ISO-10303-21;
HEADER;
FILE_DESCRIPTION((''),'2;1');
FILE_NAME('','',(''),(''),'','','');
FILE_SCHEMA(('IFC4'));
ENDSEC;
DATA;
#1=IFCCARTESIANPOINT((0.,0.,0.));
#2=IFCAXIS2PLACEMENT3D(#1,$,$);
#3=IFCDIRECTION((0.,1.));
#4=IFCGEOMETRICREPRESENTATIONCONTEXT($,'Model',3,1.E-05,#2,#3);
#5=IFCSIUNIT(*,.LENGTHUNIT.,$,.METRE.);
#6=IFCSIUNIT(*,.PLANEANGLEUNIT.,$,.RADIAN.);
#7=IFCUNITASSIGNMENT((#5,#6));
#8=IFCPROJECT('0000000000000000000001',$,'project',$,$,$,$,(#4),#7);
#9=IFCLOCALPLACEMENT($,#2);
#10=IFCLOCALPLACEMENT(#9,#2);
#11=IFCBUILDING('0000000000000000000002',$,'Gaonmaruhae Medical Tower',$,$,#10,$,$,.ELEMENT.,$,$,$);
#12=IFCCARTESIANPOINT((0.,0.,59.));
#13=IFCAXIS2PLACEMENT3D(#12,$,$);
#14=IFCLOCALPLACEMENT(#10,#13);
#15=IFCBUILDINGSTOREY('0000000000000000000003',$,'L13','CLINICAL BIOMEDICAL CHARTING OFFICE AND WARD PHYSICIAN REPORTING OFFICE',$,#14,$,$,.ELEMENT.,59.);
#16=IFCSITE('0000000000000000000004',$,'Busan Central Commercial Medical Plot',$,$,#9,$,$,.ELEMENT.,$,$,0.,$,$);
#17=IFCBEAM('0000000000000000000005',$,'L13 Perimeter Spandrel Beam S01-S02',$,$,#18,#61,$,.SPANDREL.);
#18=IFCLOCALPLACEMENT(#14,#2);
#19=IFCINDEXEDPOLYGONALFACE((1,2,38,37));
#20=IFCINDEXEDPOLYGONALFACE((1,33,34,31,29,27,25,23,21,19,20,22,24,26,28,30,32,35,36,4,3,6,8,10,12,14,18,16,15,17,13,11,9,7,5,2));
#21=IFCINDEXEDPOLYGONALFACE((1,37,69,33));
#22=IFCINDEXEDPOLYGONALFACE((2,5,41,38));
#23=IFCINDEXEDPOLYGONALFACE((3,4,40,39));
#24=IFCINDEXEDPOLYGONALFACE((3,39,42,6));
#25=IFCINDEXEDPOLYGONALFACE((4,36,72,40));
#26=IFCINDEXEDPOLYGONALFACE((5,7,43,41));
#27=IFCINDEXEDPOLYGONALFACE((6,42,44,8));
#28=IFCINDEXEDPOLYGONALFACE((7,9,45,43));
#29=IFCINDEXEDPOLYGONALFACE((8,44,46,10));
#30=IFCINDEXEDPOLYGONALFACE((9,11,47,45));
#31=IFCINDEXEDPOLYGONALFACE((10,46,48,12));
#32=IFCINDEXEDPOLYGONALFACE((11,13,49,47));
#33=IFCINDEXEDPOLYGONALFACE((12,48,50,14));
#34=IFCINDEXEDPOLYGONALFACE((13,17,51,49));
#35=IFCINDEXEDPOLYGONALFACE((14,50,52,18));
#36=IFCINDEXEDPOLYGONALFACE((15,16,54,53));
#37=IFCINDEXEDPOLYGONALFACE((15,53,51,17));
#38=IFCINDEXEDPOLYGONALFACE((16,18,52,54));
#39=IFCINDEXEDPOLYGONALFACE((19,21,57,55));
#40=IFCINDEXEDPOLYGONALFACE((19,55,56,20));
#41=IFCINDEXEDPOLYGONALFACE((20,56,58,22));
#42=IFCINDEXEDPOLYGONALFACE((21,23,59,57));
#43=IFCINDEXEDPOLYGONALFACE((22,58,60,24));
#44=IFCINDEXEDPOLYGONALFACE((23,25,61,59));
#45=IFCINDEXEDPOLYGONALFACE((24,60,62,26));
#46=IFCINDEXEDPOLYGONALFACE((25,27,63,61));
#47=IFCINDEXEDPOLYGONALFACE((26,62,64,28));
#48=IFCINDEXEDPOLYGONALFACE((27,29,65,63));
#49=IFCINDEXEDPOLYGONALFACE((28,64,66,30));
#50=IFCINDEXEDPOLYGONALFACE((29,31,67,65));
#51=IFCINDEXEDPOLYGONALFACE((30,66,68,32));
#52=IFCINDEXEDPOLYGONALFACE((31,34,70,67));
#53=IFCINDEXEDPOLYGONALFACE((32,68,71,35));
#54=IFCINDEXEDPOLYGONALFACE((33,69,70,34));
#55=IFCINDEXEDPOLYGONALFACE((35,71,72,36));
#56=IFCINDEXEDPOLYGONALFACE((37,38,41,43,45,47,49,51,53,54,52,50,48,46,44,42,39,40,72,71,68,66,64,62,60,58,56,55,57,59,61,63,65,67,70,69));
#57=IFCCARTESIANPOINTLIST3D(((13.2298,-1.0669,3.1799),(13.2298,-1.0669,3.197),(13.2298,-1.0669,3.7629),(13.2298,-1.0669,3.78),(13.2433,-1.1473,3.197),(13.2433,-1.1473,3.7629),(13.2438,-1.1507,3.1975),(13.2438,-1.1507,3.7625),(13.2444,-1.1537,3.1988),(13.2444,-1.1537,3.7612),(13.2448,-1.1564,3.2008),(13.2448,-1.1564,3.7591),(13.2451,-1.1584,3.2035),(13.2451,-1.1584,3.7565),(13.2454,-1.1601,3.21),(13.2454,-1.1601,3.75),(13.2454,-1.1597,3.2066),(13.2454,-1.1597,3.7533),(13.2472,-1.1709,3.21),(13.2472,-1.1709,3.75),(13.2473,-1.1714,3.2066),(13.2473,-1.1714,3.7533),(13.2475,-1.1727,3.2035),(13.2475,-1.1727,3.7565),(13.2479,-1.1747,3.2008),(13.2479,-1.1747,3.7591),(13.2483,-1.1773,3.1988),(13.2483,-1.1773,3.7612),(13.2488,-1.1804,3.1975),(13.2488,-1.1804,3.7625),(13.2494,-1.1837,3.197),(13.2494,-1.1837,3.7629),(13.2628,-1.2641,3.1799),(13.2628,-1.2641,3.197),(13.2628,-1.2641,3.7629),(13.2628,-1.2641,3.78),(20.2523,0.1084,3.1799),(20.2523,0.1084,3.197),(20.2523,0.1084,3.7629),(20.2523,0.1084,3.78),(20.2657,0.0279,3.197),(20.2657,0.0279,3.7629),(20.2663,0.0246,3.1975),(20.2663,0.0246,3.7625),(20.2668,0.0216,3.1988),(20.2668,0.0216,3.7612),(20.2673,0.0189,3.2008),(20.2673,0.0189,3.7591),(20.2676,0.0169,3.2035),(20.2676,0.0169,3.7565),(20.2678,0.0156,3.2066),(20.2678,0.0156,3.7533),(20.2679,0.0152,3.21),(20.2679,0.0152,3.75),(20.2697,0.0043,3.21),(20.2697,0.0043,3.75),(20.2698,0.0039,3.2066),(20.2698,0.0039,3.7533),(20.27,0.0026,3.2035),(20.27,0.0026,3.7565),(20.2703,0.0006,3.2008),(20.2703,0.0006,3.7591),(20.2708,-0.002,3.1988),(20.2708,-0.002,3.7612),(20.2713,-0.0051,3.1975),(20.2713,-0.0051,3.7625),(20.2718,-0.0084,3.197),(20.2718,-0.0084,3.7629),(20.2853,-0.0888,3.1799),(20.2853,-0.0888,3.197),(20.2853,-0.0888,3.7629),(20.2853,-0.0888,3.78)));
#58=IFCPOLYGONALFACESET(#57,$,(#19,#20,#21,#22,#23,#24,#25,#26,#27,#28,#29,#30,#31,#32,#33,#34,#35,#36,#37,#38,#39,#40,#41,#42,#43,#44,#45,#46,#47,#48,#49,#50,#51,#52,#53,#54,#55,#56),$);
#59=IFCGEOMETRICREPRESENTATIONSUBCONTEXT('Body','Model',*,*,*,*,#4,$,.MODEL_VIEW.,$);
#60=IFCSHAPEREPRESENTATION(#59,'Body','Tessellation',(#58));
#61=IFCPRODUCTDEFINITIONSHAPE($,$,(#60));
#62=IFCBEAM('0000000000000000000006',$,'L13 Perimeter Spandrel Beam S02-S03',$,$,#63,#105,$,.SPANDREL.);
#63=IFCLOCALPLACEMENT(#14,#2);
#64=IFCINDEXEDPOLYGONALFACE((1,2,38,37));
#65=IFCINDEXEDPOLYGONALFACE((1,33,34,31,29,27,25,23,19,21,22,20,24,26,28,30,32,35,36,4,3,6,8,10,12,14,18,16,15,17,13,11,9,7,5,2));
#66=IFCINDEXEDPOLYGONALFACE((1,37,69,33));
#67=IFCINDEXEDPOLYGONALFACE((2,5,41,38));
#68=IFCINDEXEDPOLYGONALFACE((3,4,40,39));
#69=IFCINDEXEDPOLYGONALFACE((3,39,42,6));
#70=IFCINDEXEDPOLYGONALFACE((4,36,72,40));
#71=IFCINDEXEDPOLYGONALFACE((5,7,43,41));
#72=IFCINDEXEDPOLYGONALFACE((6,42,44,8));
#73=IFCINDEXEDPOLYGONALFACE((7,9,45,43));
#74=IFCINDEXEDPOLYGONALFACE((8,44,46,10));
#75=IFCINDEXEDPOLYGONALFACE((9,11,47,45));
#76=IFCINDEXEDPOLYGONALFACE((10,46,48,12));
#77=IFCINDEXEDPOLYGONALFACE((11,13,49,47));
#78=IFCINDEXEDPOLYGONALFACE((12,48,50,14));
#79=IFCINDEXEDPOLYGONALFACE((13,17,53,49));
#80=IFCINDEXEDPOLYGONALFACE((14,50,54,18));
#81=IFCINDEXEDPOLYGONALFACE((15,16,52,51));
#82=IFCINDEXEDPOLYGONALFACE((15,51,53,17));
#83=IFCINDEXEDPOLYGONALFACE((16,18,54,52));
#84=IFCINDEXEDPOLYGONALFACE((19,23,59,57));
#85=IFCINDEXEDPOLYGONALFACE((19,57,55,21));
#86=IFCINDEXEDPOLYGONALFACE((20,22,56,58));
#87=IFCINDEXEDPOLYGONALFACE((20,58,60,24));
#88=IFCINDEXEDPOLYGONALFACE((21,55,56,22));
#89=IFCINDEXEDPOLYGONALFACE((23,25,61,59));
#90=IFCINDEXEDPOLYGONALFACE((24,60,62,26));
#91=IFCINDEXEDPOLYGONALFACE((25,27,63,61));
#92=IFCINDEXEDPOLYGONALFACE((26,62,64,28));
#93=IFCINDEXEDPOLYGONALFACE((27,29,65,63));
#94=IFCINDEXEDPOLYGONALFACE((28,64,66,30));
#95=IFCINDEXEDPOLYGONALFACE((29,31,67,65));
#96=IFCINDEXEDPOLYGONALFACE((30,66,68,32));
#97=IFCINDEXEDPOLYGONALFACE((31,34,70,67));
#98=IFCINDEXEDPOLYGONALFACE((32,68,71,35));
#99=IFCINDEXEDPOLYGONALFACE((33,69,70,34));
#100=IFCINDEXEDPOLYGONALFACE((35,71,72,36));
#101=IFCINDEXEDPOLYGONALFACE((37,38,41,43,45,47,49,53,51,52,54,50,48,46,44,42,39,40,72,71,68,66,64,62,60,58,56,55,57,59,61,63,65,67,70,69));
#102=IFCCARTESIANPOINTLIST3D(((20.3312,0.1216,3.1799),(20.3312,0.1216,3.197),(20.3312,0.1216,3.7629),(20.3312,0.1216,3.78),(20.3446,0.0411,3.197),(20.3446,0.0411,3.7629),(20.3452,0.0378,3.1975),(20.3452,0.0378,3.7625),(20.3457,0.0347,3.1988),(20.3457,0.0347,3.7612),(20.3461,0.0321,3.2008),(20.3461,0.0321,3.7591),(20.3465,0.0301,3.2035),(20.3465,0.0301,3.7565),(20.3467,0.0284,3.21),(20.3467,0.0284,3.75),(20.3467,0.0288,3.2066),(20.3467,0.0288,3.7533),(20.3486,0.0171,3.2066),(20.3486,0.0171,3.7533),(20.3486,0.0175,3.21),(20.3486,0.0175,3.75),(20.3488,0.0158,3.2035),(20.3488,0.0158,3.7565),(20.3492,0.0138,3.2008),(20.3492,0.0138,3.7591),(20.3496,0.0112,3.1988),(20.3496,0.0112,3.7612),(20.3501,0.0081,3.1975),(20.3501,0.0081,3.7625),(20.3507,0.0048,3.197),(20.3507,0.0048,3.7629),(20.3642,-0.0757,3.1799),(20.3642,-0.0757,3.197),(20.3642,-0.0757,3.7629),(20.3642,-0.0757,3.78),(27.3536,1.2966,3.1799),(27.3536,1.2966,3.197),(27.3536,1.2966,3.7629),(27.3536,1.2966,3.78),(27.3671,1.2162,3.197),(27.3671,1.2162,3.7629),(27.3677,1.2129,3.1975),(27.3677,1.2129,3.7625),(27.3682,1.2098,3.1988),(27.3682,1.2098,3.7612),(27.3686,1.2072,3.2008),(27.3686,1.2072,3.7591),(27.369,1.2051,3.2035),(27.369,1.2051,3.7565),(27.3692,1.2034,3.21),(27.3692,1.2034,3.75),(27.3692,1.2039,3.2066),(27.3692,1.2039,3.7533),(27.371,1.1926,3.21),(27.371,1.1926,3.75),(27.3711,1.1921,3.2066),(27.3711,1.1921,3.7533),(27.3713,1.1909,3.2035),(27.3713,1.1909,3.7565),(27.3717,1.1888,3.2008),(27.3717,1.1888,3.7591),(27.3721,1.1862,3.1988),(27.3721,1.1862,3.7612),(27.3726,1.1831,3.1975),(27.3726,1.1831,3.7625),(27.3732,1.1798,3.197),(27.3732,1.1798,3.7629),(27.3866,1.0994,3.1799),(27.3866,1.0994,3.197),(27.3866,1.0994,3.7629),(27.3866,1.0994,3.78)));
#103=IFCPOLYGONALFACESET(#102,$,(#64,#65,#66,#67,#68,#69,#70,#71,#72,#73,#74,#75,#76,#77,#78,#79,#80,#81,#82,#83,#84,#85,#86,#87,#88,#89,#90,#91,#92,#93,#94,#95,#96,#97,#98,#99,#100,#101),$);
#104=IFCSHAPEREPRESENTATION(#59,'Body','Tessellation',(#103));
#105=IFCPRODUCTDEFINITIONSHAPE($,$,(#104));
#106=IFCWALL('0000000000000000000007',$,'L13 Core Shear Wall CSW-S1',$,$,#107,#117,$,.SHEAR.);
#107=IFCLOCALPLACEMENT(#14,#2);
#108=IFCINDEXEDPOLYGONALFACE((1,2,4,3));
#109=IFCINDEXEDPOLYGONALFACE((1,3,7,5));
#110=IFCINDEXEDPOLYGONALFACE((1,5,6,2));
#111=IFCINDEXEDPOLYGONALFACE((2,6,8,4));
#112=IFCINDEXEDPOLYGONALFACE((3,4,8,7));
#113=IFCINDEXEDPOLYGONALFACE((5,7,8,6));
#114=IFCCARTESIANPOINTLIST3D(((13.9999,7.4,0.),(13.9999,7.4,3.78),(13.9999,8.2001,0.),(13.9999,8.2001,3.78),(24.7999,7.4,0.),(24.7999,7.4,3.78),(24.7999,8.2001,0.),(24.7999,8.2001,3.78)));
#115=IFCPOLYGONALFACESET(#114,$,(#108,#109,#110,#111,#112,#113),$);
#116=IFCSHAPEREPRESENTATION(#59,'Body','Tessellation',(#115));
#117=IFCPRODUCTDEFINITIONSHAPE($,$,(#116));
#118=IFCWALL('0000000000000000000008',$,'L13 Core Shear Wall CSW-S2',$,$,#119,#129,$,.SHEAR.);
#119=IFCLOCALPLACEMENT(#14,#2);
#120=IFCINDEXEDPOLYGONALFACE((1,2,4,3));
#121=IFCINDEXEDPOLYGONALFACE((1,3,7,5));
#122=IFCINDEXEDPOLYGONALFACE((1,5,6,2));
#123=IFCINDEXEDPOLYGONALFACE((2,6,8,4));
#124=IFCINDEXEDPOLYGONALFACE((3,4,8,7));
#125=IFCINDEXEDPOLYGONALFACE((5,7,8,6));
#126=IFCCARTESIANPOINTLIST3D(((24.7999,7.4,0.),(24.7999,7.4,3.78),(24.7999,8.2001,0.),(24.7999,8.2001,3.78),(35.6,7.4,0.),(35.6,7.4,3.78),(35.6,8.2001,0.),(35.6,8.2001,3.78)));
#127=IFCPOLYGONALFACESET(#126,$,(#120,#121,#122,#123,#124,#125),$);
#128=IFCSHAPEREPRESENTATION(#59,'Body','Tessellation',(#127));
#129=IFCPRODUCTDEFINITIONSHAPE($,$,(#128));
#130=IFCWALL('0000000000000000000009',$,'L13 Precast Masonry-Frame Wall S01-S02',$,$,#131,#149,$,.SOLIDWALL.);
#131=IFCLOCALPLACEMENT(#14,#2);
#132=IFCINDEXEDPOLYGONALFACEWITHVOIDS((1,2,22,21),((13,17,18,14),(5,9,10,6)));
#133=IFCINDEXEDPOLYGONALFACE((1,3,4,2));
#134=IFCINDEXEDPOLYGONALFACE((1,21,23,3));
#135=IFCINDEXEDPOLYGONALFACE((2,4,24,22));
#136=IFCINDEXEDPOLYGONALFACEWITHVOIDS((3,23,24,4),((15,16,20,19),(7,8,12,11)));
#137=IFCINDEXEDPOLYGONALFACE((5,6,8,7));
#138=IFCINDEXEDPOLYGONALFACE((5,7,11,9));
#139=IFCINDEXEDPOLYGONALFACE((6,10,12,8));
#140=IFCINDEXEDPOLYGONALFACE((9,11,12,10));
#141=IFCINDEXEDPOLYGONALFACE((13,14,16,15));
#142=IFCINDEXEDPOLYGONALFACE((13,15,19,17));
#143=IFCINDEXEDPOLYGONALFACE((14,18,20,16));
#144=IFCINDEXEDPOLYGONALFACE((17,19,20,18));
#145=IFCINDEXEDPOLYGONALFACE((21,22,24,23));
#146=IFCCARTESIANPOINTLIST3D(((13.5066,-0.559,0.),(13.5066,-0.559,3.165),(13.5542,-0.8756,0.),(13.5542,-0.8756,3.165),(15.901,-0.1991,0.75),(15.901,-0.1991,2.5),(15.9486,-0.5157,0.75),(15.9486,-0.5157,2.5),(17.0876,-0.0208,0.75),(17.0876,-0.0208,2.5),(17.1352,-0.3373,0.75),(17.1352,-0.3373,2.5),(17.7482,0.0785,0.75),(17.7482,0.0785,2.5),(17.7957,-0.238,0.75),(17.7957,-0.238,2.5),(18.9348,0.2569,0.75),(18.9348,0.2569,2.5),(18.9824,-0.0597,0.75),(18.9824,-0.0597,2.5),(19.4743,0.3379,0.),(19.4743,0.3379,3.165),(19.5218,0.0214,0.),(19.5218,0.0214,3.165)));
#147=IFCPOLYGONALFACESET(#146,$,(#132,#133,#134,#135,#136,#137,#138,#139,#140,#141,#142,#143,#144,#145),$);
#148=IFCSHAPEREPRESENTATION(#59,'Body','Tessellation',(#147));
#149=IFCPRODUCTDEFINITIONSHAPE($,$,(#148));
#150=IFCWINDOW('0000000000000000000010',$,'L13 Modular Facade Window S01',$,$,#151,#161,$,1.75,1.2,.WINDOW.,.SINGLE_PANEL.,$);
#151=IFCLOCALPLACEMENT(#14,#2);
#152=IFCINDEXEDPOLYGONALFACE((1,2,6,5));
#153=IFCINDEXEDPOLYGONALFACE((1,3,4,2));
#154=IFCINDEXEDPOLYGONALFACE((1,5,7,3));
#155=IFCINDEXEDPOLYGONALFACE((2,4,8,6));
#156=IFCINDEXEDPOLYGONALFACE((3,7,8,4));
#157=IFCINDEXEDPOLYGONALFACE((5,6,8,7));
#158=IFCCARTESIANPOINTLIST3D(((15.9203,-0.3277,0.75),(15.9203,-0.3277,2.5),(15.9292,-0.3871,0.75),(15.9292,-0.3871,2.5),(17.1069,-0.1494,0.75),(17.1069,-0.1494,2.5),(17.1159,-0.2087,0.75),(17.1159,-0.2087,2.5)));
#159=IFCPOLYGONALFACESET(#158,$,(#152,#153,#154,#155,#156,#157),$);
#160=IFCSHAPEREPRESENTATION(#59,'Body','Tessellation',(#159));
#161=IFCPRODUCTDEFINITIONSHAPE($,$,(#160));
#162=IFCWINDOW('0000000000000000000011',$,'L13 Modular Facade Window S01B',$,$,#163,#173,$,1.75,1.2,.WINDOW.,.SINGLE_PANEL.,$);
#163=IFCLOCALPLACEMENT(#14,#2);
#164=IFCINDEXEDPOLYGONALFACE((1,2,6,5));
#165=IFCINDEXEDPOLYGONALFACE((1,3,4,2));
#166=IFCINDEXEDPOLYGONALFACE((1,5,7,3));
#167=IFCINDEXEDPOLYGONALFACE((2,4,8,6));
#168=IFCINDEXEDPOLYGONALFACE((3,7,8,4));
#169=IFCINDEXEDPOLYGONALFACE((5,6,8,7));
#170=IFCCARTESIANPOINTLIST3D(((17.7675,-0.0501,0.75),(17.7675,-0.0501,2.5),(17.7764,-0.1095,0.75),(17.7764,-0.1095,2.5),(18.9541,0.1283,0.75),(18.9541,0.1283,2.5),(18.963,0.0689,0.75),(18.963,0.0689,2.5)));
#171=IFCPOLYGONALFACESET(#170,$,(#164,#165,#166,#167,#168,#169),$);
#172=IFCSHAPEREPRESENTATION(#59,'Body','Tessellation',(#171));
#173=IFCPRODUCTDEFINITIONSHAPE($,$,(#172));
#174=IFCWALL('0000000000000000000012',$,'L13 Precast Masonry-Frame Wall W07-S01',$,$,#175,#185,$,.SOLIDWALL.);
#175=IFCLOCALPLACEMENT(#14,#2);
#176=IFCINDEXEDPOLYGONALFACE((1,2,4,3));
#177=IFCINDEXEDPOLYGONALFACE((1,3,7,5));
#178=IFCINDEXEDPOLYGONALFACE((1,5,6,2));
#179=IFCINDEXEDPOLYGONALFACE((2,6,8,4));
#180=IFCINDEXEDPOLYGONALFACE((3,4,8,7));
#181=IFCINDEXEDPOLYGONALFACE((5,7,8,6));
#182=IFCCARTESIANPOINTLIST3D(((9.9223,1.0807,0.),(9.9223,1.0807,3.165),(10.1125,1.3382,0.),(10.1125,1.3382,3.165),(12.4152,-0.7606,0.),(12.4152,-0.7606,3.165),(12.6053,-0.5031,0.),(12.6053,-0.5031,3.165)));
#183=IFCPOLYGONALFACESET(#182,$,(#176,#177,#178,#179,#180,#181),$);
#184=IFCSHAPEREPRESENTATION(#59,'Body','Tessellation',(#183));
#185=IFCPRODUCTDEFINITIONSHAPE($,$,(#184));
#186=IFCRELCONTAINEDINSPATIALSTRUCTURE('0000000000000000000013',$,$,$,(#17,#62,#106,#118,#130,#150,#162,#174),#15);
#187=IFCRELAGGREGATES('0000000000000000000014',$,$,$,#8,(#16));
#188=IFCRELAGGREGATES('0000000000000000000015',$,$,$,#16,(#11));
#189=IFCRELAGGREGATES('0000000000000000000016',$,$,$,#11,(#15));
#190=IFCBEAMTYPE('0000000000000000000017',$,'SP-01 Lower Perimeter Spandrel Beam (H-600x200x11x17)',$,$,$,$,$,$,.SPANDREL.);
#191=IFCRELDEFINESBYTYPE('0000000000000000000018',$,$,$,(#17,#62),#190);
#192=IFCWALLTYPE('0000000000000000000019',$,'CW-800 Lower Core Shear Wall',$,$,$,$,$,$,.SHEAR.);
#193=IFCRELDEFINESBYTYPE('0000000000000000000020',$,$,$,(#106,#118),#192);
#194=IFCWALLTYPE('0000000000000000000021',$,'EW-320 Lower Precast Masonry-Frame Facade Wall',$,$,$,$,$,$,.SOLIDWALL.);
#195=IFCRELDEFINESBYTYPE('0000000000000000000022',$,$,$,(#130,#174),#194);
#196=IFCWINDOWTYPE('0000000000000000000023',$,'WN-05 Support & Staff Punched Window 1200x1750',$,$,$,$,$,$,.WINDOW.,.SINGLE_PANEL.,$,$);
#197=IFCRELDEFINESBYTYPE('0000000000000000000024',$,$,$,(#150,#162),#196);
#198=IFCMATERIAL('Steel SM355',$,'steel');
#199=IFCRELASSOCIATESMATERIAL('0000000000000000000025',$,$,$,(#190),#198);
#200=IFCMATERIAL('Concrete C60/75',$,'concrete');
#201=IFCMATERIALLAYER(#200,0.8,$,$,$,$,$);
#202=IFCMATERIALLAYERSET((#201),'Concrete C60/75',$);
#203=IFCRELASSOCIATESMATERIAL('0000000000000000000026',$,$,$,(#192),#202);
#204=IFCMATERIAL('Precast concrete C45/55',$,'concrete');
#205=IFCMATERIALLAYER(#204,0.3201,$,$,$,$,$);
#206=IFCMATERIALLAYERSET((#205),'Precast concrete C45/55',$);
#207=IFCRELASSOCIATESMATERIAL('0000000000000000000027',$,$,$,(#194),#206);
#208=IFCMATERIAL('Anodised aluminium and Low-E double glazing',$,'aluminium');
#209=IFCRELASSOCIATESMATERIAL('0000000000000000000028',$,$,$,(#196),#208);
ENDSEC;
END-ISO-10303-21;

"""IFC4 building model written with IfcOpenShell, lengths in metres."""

from ifc_helpers import new_model, si_unit, direction, frame, frame_2d, origin, origin_2d, place, context, subcontext, project, spatial, rectangle, i_section, extrude, material, layer, layer_set, material_profile, profile_set, type_object, element, fill, save


model = new_model("IFC4")

# Units and contexts
model_context = context("Model", 3, precision=1e-05, world=origin(), true_north=direction((0.0, 1.0)))
body_context = subcontext(model_context, "Body", "Model", "MODEL_VIEW")
ifc_project = project(units=[si_unit("LENGTHUNIT", "METRE"), si_unit("PLANEANGLEUNIT", "RADIAN")], contexts=[model_context])

# Site, building, storey
site_placement = place(None, origin())
site = spatial("IfcSite", under=ifc_project, at=site_placement, Name="Busan Central Commercial Medical Plot", CompositionType="ELEMENT", RefElevation=0.0)
building_placement = place(site_placement, origin())
building = spatial("IfcBuilding", under=site, at=building_placement, Name="Gaonmaruhae Medical Tower", CompositionType="ELEMENT")
storey_placement = place(building_placement, frame((0.0, 0.0, 59.0)))
storey = spatial("IfcBuildingStorey", under=building, at=storey_placement, Name="L13", Description="CLINICAL BIOMEDICAL CHARTING OFFICE AND WARD PHYSICIAN REPORTING OFFICE", CompositionType="ELEMENT", Elevation=59.0)

# Shared definitions
ifc_material_1 = material(Name="Concrete C60/75", Category="concrete")

# Beams
ifc_material_2 = material(Name="Steel SM355", Category="steel")
ifc_material_profile_1 = material_profile(ifc_material_2, i_section(OverallWidth=0.2, OverallDepth=0.6001, WebThickness=0.011, FlangeThickness=0.0171, FilletRadius=0.0129, at=origin_2d()), Name="H-600x200x11x17")
ifc_profile_set_1 = profile_set([ifc_material_profile_1], Name="Steel SM355")
beam_type_1 = type_object("IfcBeamType", Name="SP-01 Lower Perimeter Spandrel Beam (H-600x200x11x17)", PredefinedType="SPANDREL", material=ifc_profile_set_1)
for number, where, z_axis, x_axis, name in (
    (1, (13.2463, -1.1655, 3.48), (0.986282, 0.165066, 0.0), (-0.165066, 0.986282, 0.0), "L13 Perimeter Spandrel Beam S01-S02"),
    (2, (20.3477, 0.0229, 3.48), (0.986288, 0.165033, 0.0), (-0.165033, 0.986288, 0.0), "L13 Perimeter Spandrel Beam S02-S03"),
):
    element("IfcBeam", number, at=place(storey_placement, frame(where, z_axis=z_axis, x_axis=x_axis)), inside=storey, type_object=beam_type_1, Name=name, PredefinedType="SPANDREL", context=body_context, shape_type="SweptSolid", body=[
        extrude(i_section(OverallWidth=0.2, OverallDepth=0.6001, WebThickness=0.011, FlangeThickness=0.0171, FilletRadius=0.0129, at=origin_2d()), origin(), (0.0, 0.0, 1.0), 7.1201),
    ])

# Walls
ifc_layer_1 = layer(ifc_material_1, 0.8)
ifc_layer_set_1 = layer_set([ifc_layer_1], Name="Concrete C60/75")
wall_type_1 = type_object("IfcWallType", Name="CW-800 Lower Core Shear Wall", PredefinedType="SHEAR", material=ifc_layer_set_1)
for number, where, z_axis, x_axis, name in (
    (3, (14.0, 7.8, 0.0), (0.0, 0.0, 1.0), (1.0, 0.0, 0.0), "L13 Core Shear Wall CSW-S1"),
    (4, (24.8, 7.8, 0.0), (0.0, 0.0, 1.0), (1.0, 0.0, 0.0), "L13 Core Shear Wall CSW-S2"),
):
    element("IfcWall", number, at=place(storey_placement, frame(where, z_axis=z_axis, x_axis=x_axis)), inside=storey, type_object=wall_type_1, Name=name, PredefinedType="SHEAR", context=body_context, shape_type="SweptSolid", body=[
        extrude(rectangle(XDim=10.8, YDim=0.8, at=frame_2d((5.3999, 0.0))), origin(), (0.0, 0.0, 1.0), 3.78),
    ])

# Wall, openings, windows
ifc_material_3 = material(Name="Precast concrete C45/55", Category="concrete")
ifc_layer_2 = layer(ifc_material_3, 0.3201)
ifc_layer_set_2 = layer_set([ifc_layer_2], Name="Precast concrete C45/55")
wall_type_2 = type_object("IfcWallType", Name="EW-320 Lower Precast Masonry-Frame Facade Wall", PredefinedType="SOLIDWALL", material=ifc_layer_set_2)
wall_1_placement = place(storey_placement, frame((19.498, 0.1797, 0.0), z_axis=(0.0, 0.0, 1.0), x_axis=(-0.988891, -0.148639, 0.0)))
wall_1 = element("IfcWall", 5, at=wall_1_placement, inside=storey, type_object=wall_type_2, Name="L13 Precast Masonry-Frame Wall S01-S02", PredefinedType="SOLIDWALL", context=body_context, shape_type="SweptSolid", body=[
    extrude(rectangle(XDim=6.0347, YDim=0.3201, at=frame_2d((3.0173, 0.0))), origin(), (0.0, 0.0, 1.0), 3.165),
])
opening_1_placement = place(wall_1_placement, frame((2.4133, 0.0, 0.75)))
opening_1 = element("IfcOpeningElement", 6, at=opening_1_placement, cuts=wall_1, PredefinedType="OPENING", context=body_context, shape_type="SweptSolid", body=[
    extrude(rectangle(XDim=1.2, YDim=1.75, at=frame_2d((0.6001, 0.875))), frame((0.0, 0.1699, 0.0), z_axis=(0.0, -1.0, 0.0), x_axis=(1.0, 0.0, 0.0)), (0.0, 0.0, 1.0), 0.3401),
])
opening_2_placement = place(wall_1_placement, frame((0.5454, 0.0, 0.75)))
opening_2 = element("IfcOpeningElement", 7, at=opening_2_placement, cuts=wall_1, PredefinedType="OPENING", context=body_context, shape_type="SweptSolid", body=[
    extrude(rectangle(XDim=1.2, YDim=1.75, at=frame_2d((0.6001, 0.875))), frame((0.0, 0.1699, 0.0), z_axis=(0.0, -1.0, 0.0), x_axis=(1.0, 0.0, 0.0)), (0.0, 0.0, 1.0), 0.3401),
])
ifc_material_4 = material(Name="Anodised aluminium and Low-E double glazing", Category="aluminium")
window_type = type_object("IfcWindowType", Name="WN-05 Support & Staff Punched Window 1200x1750", PartitioningType="SINGLE_PANEL", PredefinedType="WINDOW", material=ifc_material_4)
window_1_placement = place(opening_1_placement, origin())
window_1 = element("IfcWindow", 8, at=window_1_placement, inside=storey, type_object=window_type, Name="L13 Modular Facade Window S01", OverallHeight=1.75, OverallWidth=1.2, PartitioningType="SINGLE_PANEL", PredefinedType="WINDOW", context=body_context, shape_type="SweptSolid", body=[
    extrude(rectangle(XDim=1.2, YDim=1.75, at=frame_2d((0.6001, 0.875))), frame((0.0, 0.03, 0.0), z_axis=(0.0, -1.0, 0.0), x_axis=(1.0, 0.0, 0.0)), (0.0, 0.0, 1.0), 0.0601),
])
fill(opening_1, window_1)
window_2_placement = place(opening_2_placement, origin())
window_2 = element("IfcWindow", 9, at=window_2_placement, inside=storey, type_object=window_type, Name="L13 Modular Facade Window S01B", OverallHeight=1.75, OverallWidth=1.2, PartitioningType="SINGLE_PANEL", PredefinedType="WINDOW", context=body_context, shape_type="SweptSolid", body=[
    extrude(rectangle(XDim=1.2, YDim=1.75, at=frame_2d((0.6001, 0.875))), frame((0.0, 0.03, 0.0), z_axis=(0.0, -1.0, 0.0), x_axis=(1.0, 0.0, 0.0)), (0.0, 0.0, 1.0), 0.0601),
])
fill(opening_2, window_2)

# Wall
wall_2_placement = place(storey_placement, frame((12.5103, -0.6318, 0.0), z_axis=(0.0, 0.0, 1.0), x_axis=(-0.804374, 0.594123, 0.0)))
element("IfcWall", 10, at=wall_2_placement, inside=storey, type_object=wall_type_2, Name="L13 Precast Masonry-Frame Wall W07-S01", PredefinedType="SOLIDWALL", context=body_context, shape_type="SweptSolid", body=[
    extrude(rectangle(XDim=3.0991, YDim=0.3201, at=frame_2d((1.5496, 0.0))), origin(), (0.0, 0.0, 1.0), 3.165),
])

save(model, "model.ifc")
